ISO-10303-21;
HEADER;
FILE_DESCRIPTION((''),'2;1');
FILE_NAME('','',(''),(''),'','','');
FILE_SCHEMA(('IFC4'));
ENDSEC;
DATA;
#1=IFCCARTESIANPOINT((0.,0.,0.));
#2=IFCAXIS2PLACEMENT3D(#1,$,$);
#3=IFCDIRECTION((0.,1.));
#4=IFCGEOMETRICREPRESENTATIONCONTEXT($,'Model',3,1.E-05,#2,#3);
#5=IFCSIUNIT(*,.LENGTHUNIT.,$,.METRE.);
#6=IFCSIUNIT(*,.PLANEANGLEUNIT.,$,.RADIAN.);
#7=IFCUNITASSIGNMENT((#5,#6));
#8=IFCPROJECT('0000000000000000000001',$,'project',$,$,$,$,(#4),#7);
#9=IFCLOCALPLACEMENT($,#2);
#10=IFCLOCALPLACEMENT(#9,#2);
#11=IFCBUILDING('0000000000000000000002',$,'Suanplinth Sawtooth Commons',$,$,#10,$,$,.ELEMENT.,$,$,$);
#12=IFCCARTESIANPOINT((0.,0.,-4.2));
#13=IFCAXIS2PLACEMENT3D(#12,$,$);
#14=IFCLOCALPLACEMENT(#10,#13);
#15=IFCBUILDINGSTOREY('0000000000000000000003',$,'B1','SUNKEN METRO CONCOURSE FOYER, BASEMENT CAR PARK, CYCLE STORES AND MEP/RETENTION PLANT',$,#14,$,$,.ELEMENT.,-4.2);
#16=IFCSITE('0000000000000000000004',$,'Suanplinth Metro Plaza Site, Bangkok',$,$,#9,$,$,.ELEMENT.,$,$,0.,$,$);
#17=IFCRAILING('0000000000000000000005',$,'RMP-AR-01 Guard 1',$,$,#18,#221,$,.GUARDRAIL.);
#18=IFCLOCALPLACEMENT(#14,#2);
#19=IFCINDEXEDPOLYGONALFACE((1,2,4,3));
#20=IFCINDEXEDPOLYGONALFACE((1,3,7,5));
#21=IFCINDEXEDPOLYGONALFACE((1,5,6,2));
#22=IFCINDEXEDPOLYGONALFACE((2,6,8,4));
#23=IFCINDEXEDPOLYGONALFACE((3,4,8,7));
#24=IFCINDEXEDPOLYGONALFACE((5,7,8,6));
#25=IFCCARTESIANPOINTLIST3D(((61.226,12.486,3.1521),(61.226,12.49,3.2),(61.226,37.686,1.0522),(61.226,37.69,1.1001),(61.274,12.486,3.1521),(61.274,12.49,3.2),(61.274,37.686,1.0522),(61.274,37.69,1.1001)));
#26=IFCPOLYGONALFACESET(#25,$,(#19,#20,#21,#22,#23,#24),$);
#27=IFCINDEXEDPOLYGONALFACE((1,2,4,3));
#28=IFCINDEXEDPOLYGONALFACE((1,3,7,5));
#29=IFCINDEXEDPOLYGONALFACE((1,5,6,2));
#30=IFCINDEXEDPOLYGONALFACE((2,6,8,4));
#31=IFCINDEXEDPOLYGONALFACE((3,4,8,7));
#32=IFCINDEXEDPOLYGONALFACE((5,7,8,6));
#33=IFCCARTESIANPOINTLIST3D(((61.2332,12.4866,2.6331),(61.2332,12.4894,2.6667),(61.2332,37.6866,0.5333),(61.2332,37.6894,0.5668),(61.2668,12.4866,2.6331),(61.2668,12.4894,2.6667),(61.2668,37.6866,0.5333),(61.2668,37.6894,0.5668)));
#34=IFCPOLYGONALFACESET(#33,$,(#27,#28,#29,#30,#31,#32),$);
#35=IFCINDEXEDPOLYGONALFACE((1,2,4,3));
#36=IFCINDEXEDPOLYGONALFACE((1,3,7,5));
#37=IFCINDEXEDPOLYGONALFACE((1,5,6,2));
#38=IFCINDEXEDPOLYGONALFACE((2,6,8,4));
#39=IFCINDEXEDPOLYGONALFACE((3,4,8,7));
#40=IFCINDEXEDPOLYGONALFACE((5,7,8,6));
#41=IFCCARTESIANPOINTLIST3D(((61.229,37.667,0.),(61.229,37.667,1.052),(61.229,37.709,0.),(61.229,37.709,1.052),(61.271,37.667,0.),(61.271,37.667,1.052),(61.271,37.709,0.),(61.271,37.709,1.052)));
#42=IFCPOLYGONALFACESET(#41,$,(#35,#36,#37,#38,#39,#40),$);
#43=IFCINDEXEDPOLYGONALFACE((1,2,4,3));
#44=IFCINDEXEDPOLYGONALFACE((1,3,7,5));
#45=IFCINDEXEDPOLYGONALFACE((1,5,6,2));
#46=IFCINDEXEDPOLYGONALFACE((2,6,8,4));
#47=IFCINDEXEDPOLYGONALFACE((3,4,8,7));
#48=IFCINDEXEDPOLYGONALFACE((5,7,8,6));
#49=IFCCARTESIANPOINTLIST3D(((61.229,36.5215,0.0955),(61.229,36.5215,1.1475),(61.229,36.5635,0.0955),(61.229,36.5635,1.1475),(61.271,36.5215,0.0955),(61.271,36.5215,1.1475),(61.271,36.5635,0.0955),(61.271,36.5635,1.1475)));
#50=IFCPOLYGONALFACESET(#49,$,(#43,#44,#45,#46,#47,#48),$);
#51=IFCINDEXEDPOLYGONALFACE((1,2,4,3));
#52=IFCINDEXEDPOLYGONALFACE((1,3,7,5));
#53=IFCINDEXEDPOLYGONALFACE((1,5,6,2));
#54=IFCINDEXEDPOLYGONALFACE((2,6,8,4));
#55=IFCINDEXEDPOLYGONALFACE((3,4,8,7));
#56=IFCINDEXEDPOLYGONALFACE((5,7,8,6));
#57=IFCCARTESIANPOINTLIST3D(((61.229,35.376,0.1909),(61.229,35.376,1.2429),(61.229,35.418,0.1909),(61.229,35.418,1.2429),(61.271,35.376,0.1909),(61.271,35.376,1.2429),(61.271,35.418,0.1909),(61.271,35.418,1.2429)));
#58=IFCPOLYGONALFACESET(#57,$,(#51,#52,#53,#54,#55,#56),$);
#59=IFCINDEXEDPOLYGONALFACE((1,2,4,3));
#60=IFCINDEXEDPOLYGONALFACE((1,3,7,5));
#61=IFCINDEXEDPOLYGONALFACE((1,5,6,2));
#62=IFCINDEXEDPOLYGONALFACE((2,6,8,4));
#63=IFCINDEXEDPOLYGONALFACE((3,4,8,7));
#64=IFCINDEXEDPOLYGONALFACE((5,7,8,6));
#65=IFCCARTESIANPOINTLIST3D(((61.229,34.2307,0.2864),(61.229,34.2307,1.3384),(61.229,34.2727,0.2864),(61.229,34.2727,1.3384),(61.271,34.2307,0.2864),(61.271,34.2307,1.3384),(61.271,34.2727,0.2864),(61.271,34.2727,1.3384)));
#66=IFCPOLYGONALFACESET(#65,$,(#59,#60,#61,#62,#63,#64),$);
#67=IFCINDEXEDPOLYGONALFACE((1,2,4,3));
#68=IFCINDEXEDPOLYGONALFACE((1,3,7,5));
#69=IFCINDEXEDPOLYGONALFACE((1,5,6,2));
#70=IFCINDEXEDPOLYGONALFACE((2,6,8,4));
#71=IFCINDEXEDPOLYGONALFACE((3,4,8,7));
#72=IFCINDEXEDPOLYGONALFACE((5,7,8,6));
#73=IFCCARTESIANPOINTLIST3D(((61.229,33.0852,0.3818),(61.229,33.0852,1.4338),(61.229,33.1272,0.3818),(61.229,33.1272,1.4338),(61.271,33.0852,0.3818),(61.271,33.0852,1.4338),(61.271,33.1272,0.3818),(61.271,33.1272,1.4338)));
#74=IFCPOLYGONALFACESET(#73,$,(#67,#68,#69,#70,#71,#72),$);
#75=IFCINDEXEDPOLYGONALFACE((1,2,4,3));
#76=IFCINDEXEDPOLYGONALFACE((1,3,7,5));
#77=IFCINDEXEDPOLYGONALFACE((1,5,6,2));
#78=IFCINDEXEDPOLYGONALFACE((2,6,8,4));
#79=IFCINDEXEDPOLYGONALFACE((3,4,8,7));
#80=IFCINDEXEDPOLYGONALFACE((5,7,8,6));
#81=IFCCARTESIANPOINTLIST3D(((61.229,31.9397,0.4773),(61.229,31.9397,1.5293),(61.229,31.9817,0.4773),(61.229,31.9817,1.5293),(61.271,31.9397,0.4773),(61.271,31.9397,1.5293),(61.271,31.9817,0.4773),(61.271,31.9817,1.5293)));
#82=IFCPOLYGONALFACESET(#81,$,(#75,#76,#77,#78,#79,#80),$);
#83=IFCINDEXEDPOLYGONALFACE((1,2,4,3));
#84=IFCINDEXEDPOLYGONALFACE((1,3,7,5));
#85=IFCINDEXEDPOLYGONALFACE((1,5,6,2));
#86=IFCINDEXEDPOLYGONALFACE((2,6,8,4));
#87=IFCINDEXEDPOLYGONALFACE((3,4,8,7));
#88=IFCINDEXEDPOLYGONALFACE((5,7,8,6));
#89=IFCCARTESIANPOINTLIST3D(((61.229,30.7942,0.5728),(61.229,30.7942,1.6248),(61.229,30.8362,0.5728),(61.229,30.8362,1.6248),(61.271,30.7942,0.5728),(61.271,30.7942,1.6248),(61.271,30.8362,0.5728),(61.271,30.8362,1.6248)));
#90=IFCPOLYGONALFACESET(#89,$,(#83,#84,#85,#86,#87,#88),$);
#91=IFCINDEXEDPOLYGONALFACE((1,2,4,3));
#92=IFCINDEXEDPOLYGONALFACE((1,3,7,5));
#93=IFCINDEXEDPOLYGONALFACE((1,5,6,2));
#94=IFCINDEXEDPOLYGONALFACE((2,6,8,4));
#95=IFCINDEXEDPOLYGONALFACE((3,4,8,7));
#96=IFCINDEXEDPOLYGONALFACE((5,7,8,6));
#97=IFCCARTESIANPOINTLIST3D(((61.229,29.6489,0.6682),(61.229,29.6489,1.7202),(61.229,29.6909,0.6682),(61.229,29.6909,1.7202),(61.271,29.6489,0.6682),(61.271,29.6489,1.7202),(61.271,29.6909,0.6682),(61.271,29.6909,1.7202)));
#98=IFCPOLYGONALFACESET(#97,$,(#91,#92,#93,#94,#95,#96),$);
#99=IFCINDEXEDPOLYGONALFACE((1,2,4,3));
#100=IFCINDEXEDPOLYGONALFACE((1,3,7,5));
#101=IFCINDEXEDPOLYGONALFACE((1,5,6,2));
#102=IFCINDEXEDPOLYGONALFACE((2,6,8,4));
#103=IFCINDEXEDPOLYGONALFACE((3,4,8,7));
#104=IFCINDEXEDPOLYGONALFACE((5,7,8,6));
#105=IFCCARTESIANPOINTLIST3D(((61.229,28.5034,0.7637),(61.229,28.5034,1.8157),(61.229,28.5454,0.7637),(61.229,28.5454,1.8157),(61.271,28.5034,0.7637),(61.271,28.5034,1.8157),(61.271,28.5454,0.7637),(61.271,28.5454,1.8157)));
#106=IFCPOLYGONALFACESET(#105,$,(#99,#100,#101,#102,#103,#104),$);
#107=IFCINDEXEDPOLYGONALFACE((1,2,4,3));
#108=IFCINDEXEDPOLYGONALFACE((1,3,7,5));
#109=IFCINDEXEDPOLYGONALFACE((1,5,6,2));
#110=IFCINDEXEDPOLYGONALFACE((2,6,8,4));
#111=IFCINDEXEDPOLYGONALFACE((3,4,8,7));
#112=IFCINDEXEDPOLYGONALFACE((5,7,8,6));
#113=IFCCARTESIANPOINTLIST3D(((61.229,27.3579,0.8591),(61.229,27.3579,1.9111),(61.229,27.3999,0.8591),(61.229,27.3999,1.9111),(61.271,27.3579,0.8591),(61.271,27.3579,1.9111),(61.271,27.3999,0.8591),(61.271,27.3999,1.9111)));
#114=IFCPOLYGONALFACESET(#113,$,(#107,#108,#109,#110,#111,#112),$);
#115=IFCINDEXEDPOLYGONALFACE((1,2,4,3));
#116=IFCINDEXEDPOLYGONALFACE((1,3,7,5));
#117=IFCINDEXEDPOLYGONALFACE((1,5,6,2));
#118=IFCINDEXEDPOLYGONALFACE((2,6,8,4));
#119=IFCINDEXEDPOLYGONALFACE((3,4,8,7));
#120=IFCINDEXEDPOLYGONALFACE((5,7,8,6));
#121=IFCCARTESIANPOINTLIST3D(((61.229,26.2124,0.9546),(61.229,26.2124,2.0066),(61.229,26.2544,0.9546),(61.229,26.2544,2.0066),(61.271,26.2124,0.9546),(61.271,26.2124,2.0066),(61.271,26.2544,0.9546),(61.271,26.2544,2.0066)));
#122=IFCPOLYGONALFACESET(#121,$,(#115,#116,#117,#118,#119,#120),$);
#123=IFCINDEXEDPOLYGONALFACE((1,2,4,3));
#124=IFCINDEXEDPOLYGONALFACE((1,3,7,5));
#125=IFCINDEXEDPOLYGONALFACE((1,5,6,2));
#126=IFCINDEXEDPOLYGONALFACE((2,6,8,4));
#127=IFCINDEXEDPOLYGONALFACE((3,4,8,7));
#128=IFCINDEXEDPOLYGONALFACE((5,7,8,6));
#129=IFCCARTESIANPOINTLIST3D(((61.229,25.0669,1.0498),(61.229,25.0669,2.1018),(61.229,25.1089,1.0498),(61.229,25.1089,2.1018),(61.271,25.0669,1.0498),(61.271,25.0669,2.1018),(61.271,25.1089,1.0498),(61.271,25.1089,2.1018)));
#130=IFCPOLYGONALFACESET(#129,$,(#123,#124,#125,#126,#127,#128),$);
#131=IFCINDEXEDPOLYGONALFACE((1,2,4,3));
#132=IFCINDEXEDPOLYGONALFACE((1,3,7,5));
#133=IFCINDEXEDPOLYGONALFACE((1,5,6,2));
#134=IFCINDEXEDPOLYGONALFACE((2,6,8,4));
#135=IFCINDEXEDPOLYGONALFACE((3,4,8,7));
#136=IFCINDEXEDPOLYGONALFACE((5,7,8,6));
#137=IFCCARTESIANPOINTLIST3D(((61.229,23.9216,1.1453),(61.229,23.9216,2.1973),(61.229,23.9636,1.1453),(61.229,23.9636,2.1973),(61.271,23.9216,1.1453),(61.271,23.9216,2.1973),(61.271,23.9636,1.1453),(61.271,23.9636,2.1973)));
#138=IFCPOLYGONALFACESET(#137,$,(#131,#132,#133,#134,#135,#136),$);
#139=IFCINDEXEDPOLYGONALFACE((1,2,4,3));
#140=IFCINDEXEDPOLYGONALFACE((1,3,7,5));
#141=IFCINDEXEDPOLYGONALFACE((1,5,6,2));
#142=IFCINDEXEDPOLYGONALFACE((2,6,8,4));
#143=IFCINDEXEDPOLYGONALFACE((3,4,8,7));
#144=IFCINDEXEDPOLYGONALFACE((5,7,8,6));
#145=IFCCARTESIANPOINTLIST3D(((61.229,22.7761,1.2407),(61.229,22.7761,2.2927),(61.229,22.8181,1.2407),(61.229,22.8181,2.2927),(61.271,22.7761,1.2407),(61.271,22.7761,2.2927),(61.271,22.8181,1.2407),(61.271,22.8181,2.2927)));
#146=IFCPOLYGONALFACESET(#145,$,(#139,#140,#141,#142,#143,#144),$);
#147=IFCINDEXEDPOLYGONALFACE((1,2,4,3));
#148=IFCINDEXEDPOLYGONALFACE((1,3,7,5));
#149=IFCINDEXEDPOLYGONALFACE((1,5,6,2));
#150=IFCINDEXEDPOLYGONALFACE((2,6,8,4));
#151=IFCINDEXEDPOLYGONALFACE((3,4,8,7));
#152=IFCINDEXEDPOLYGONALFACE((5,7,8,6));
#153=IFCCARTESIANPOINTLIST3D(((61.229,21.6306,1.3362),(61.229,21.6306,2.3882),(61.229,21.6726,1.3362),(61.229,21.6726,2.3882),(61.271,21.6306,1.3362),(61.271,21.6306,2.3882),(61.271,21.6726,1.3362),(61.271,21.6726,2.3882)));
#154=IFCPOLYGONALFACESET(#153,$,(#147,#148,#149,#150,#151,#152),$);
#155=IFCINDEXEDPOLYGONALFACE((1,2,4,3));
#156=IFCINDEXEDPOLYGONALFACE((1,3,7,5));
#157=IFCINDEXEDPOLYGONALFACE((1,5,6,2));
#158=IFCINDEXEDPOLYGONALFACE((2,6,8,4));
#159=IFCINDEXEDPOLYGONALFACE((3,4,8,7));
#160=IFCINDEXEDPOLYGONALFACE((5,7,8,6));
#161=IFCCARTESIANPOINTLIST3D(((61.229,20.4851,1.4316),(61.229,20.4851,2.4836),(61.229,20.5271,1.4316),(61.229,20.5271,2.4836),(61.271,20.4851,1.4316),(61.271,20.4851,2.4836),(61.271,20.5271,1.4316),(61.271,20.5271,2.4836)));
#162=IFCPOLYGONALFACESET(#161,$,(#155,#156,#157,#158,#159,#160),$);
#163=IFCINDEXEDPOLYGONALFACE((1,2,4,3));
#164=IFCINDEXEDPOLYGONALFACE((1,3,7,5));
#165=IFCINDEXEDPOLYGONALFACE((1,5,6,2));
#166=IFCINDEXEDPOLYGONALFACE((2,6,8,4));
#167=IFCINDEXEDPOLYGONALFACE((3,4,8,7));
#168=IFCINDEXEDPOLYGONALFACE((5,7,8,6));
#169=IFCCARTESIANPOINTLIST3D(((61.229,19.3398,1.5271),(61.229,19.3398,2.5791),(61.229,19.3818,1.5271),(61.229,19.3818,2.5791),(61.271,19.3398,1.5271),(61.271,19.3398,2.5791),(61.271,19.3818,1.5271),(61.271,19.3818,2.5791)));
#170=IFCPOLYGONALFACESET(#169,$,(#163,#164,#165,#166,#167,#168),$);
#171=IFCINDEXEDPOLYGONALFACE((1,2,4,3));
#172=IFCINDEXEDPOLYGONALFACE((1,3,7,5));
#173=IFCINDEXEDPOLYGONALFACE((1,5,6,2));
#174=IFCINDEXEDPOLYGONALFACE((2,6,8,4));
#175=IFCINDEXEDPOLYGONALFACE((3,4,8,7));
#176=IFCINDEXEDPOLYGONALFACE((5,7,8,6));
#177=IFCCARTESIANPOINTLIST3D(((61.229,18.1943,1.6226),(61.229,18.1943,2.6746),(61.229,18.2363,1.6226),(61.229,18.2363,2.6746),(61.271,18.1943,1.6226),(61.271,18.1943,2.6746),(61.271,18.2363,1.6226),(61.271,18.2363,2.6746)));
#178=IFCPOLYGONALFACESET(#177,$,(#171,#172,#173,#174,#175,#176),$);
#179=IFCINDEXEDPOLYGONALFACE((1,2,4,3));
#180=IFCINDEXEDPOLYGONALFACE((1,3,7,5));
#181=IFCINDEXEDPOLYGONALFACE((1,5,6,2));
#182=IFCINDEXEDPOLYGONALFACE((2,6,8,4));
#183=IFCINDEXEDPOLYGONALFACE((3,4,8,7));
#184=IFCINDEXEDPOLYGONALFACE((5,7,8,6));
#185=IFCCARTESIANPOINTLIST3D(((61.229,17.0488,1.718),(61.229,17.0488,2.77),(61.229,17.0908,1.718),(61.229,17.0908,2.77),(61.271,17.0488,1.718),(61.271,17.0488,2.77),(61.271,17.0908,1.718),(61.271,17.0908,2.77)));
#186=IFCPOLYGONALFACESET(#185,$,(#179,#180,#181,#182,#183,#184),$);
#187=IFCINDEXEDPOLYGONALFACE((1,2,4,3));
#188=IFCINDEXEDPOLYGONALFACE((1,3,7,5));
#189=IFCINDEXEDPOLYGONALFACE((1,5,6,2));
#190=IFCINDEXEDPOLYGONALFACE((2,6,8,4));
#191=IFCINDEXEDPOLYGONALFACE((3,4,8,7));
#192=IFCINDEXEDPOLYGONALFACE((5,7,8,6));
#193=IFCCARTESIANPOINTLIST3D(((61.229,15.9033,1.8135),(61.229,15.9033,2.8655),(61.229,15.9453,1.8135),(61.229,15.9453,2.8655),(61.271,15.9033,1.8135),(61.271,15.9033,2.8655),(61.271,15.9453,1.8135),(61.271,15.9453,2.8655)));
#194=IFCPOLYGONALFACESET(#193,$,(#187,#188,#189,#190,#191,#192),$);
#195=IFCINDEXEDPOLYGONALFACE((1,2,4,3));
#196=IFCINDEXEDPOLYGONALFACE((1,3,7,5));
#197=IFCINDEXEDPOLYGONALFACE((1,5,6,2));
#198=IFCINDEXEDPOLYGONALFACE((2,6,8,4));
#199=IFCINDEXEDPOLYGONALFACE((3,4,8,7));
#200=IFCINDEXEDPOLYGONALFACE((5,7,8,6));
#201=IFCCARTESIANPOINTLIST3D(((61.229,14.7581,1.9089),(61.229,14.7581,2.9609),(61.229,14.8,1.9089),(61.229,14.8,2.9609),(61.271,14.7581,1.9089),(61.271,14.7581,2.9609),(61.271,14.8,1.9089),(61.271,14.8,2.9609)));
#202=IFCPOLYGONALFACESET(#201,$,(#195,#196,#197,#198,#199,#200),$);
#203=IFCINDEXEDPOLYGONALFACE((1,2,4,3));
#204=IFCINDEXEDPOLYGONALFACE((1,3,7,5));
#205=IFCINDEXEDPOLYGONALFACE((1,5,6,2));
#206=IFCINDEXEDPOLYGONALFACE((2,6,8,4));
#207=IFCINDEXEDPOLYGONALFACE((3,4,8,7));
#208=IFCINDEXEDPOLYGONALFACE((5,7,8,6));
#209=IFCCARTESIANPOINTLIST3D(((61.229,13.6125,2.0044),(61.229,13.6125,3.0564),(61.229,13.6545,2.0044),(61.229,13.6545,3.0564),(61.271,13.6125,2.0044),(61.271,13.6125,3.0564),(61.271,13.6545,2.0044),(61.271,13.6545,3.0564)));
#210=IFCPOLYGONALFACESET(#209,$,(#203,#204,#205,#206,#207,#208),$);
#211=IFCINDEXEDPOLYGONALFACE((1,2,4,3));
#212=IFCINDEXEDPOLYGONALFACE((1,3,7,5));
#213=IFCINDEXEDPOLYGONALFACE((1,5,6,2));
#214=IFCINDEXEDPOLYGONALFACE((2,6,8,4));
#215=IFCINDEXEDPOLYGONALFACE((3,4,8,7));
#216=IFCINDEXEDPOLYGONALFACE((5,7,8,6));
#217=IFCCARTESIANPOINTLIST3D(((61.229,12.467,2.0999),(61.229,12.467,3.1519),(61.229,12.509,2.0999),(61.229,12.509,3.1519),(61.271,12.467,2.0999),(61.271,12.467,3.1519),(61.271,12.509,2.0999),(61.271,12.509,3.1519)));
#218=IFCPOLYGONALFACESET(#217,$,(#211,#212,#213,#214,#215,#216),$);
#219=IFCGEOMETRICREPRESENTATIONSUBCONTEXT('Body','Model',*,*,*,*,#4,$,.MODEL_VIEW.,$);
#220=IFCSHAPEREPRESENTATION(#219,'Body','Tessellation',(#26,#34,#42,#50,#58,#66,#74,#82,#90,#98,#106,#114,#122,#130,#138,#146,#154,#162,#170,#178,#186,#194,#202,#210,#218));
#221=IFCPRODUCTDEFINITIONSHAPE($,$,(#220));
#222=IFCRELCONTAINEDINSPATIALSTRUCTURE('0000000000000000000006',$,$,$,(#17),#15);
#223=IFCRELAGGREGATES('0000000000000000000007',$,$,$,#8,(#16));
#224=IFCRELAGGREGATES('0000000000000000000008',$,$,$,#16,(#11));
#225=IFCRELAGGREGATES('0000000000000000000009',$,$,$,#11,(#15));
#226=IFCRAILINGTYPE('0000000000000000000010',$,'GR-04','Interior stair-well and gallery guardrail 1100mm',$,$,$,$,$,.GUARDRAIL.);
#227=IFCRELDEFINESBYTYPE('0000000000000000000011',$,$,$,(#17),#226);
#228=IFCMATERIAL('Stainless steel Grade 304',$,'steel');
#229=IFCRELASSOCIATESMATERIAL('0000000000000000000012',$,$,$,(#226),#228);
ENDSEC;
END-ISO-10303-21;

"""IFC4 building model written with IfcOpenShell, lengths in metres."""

from ifc_helpers import new_model, si_unit, direction, frame, origin, origin_2d, place, context, subcontext, project, spatial, rectangle, extrude, material, type_object, element, save


model = new_model("IFC4")

# Units and contexts
model_context = context("Model", 3, precision=1e-05, world=origin(), true_north=direction((0.0, 1.0)))
body_context = subcontext(model_context, "Body", "Model", "MODEL_VIEW")
ifc_project = project(units=[si_unit("LENGTHUNIT", "METRE"), si_unit("PLANEANGLEUNIT", "RADIAN")], contexts=[model_context])

# Site, building, storey
site_placement = place(None, origin())
site = spatial("IfcSite", under=ifc_project, at=site_placement, Name="Suanplinth Metro Plaza Site, Bangkok", CompositionType="ELEMENT", RefElevation=0.0)
building_placement = place(site_placement, origin())
building = spatial("IfcBuilding", under=site, at=building_placement, Name="Suanplinth Sawtooth Commons", CompositionType="ELEMENT")
storey_placement = place(building_placement, frame((0.0, 0.0, -4.2)))
storey = spatial("IfcBuildingStorey", under=building, at=storey_placement, Name="B1", Description="SUNKEN METRO CONCOURSE FOYER, BASEMENT CAR PARK, CYCLE STORES AND MEP/RETENTION PLANT", CompositionType="ELEMENT", Elevation=-4.2)

# Railing
ifc_material_1 = material(Name="Stainless steel Grade 304", Category="steel")
railing_type_1 = type_object("IfcRailingType", Name="GR-04", Description="Interior stair-well and gallery guardrail 1100mm", PredefinedType="GUARDRAIL", material=ifc_material_1)
railing_1_placement = place(storey_placement, frame((61.25, 37.688, 0.0)))
element("IfcRailing", 1, at=railing_1_placement, inside=storey, type_object=railing_type_1, Name="RMP-AR-01 Guard 1", PredefinedType="GUARDRAIL", context=body_context, shape_type="SweptSolid", body=[
    extrude(rectangle(XDim=0.0481, YDim=0.0481, at=origin_2d()), frame((0.0, 0.0, 1.0762), z_axis=(0.0, -0.996546, 0.08304), x_axis=(1.0, 0.0, 0.0)), (0.0, 0.0, 1.0), 25.2874),
    extrude(rectangle(XDim=0.0337, YDim=0.0337, at=origin_2d()), frame((0.0, 0.0, 0.55), z_axis=(0.0, -0.996546, 0.08304), x_axis=(1.0, 0.0, 0.0)), (0.0, 0.0, 1.0), 25.2874),
    extrude(rectangle(XDim=0.042, YDim=0.042, at=origin_2d()), origin(), (0.0, 0.0, 1.0), 1.052),
    extrude(rectangle(XDim=0.042, YDim=0.042, at=origin_2d()), frame((0.0, -1.1455, 0.0955)), (0.0, 0.0, 1.0), 1.052),
    extrude(rectangle(XDim=0.042, YDim=0.042, at=origin_2d()), frame((0.0, -2.291, 0.1909)), (0.0, 0.0, 1.0), 1.052),
    extrude(rectangle(XDim=0.042, YDim=0.042, at=origin_2d()), frame((0.0, -3.4363, 0.2864)), (0.0, 0.0, 1.0), 1.052),
    extrude(rectangle(XDim=0.042, YDim=0.042, at=origin_2d()), frame((0.0, -4.5818, 0.3818)), (0.0, 0.0, 1.0), 1.052),
    extrude(rectangle(XDim=0.042, YDim=0.042, at=origin_2d()), frame((0.0, -5.7273, 0.4773)), (0.0, 0.0, 1.0), 1.052),
    extrude(rectangle(XDim=0.042, YDim=0.042, at=origin_2d()), frame((0.0, -6.8728, 0.5728)), (0.0, 0.0, 1.0), 1.052),
    extrude(rectangle(XDim=0.042, YDim=0.042, at=origin_2d()), frame((0.0, -8.0181, 0.6682)), (0.0, 0.0, 1.0), 1.052),
    extrude(rectangle(XDim=0.042, YDim=0.042, at=origin_2d()), frame((0.0, -9.1636, 0.7637)), (0.0, 0.0, 1.0), 1.052),
    extrude(rectangle(XDim=0.042, YDim=0.042, at=origin_2d()), frame((0.0, -10.3091, 0.8591)), (0.0, 0.0, 1.0), 1.052),
    extrude(rectangle(XDim=0.042, YDim=0.042, at=origin_2d()), frame((0.0, -11.4546, 0.9546)), (0.0, 0.0, 1.0), 1.052),
    extrude(rectangle(XDim=0.042, YDim=0.042, at=origin_2d()), frame((0.0, -12.6001, 1.0498)), (0.0, 0.0, 1.0), 1.052),
    extrude(rectangle(XDim=0.042, YDim=0.042, at=origin_2d()), frame((0.0, -13.7454, 1.1453)), (0.0, 0.0, 1.0), 1.052),
    extrude(rectangle(XDim=0.042, YDim=0.042, at=origin_2d()), frame((0.0, -14.8909, 1.2407)), (0.0, 0.0, 1.0), 1.052),
    extrude(rectangle(XDim=0.042, YDim=0.042, at=origin_2d()), frame((0.0, -16.0364, 1.3362)), (0.0, 0.0, 1.0), 1.052),
    extrude(rectangle(XDim=0.042, YDim=0.042, at=origin_2d()), frame((0.0, -17.1819, 1.4316)), (0.0, 0.0, 1.0), 1.052),
    extrude(rectangle(XDim=0.042, YDim=0.042, at=origin_2d()), frame((0.0, -18.3271, 1.5271)), (0.0, 0.0, 1.0), 1.052),
    extrude(rectangle(XDim=0.042, YDim=0.042, at=origin_2d()), frame((0.0, -19.4727, 1.6226)), (0.0, 0.0, 1.0), 1.052),
    extrude(rectangle(XDim=0.042, YDim=0.042, at=origin_2d()), frame((0.0, -20.6182, 1.718)), (0.0, 0.0, 1.0), 1.052),
    extrude(rectangle(XDim=0.042, YDim=0.042, at=origin_2d()), frame((0.0, -21.7637, 1.8135)), (0.0, 0.0, 1.0), 1.052),
    extrude(rectangle(XDim=0.042, YDim=0.042, at=origin_2d()), frame((0.0, -22.9089, 1.9089)), (0.0, 0.0, 1.0), 1.052),
    extrude(rectangle(XDim=0.042, YDim=0.042, at=origin_2d()), frame((0.0, -24.0544, 2.0044)), (0.0, 0.0, 1.0), 1.052),
    extrude(rectangle(XDim=0.042, YDim=0.042, at=origin_2d()), frame((0.0, -25.2, 2.0999)), (0.0, 0.0, 1.0), 1.052),
])

save(model, "model.ifc")
